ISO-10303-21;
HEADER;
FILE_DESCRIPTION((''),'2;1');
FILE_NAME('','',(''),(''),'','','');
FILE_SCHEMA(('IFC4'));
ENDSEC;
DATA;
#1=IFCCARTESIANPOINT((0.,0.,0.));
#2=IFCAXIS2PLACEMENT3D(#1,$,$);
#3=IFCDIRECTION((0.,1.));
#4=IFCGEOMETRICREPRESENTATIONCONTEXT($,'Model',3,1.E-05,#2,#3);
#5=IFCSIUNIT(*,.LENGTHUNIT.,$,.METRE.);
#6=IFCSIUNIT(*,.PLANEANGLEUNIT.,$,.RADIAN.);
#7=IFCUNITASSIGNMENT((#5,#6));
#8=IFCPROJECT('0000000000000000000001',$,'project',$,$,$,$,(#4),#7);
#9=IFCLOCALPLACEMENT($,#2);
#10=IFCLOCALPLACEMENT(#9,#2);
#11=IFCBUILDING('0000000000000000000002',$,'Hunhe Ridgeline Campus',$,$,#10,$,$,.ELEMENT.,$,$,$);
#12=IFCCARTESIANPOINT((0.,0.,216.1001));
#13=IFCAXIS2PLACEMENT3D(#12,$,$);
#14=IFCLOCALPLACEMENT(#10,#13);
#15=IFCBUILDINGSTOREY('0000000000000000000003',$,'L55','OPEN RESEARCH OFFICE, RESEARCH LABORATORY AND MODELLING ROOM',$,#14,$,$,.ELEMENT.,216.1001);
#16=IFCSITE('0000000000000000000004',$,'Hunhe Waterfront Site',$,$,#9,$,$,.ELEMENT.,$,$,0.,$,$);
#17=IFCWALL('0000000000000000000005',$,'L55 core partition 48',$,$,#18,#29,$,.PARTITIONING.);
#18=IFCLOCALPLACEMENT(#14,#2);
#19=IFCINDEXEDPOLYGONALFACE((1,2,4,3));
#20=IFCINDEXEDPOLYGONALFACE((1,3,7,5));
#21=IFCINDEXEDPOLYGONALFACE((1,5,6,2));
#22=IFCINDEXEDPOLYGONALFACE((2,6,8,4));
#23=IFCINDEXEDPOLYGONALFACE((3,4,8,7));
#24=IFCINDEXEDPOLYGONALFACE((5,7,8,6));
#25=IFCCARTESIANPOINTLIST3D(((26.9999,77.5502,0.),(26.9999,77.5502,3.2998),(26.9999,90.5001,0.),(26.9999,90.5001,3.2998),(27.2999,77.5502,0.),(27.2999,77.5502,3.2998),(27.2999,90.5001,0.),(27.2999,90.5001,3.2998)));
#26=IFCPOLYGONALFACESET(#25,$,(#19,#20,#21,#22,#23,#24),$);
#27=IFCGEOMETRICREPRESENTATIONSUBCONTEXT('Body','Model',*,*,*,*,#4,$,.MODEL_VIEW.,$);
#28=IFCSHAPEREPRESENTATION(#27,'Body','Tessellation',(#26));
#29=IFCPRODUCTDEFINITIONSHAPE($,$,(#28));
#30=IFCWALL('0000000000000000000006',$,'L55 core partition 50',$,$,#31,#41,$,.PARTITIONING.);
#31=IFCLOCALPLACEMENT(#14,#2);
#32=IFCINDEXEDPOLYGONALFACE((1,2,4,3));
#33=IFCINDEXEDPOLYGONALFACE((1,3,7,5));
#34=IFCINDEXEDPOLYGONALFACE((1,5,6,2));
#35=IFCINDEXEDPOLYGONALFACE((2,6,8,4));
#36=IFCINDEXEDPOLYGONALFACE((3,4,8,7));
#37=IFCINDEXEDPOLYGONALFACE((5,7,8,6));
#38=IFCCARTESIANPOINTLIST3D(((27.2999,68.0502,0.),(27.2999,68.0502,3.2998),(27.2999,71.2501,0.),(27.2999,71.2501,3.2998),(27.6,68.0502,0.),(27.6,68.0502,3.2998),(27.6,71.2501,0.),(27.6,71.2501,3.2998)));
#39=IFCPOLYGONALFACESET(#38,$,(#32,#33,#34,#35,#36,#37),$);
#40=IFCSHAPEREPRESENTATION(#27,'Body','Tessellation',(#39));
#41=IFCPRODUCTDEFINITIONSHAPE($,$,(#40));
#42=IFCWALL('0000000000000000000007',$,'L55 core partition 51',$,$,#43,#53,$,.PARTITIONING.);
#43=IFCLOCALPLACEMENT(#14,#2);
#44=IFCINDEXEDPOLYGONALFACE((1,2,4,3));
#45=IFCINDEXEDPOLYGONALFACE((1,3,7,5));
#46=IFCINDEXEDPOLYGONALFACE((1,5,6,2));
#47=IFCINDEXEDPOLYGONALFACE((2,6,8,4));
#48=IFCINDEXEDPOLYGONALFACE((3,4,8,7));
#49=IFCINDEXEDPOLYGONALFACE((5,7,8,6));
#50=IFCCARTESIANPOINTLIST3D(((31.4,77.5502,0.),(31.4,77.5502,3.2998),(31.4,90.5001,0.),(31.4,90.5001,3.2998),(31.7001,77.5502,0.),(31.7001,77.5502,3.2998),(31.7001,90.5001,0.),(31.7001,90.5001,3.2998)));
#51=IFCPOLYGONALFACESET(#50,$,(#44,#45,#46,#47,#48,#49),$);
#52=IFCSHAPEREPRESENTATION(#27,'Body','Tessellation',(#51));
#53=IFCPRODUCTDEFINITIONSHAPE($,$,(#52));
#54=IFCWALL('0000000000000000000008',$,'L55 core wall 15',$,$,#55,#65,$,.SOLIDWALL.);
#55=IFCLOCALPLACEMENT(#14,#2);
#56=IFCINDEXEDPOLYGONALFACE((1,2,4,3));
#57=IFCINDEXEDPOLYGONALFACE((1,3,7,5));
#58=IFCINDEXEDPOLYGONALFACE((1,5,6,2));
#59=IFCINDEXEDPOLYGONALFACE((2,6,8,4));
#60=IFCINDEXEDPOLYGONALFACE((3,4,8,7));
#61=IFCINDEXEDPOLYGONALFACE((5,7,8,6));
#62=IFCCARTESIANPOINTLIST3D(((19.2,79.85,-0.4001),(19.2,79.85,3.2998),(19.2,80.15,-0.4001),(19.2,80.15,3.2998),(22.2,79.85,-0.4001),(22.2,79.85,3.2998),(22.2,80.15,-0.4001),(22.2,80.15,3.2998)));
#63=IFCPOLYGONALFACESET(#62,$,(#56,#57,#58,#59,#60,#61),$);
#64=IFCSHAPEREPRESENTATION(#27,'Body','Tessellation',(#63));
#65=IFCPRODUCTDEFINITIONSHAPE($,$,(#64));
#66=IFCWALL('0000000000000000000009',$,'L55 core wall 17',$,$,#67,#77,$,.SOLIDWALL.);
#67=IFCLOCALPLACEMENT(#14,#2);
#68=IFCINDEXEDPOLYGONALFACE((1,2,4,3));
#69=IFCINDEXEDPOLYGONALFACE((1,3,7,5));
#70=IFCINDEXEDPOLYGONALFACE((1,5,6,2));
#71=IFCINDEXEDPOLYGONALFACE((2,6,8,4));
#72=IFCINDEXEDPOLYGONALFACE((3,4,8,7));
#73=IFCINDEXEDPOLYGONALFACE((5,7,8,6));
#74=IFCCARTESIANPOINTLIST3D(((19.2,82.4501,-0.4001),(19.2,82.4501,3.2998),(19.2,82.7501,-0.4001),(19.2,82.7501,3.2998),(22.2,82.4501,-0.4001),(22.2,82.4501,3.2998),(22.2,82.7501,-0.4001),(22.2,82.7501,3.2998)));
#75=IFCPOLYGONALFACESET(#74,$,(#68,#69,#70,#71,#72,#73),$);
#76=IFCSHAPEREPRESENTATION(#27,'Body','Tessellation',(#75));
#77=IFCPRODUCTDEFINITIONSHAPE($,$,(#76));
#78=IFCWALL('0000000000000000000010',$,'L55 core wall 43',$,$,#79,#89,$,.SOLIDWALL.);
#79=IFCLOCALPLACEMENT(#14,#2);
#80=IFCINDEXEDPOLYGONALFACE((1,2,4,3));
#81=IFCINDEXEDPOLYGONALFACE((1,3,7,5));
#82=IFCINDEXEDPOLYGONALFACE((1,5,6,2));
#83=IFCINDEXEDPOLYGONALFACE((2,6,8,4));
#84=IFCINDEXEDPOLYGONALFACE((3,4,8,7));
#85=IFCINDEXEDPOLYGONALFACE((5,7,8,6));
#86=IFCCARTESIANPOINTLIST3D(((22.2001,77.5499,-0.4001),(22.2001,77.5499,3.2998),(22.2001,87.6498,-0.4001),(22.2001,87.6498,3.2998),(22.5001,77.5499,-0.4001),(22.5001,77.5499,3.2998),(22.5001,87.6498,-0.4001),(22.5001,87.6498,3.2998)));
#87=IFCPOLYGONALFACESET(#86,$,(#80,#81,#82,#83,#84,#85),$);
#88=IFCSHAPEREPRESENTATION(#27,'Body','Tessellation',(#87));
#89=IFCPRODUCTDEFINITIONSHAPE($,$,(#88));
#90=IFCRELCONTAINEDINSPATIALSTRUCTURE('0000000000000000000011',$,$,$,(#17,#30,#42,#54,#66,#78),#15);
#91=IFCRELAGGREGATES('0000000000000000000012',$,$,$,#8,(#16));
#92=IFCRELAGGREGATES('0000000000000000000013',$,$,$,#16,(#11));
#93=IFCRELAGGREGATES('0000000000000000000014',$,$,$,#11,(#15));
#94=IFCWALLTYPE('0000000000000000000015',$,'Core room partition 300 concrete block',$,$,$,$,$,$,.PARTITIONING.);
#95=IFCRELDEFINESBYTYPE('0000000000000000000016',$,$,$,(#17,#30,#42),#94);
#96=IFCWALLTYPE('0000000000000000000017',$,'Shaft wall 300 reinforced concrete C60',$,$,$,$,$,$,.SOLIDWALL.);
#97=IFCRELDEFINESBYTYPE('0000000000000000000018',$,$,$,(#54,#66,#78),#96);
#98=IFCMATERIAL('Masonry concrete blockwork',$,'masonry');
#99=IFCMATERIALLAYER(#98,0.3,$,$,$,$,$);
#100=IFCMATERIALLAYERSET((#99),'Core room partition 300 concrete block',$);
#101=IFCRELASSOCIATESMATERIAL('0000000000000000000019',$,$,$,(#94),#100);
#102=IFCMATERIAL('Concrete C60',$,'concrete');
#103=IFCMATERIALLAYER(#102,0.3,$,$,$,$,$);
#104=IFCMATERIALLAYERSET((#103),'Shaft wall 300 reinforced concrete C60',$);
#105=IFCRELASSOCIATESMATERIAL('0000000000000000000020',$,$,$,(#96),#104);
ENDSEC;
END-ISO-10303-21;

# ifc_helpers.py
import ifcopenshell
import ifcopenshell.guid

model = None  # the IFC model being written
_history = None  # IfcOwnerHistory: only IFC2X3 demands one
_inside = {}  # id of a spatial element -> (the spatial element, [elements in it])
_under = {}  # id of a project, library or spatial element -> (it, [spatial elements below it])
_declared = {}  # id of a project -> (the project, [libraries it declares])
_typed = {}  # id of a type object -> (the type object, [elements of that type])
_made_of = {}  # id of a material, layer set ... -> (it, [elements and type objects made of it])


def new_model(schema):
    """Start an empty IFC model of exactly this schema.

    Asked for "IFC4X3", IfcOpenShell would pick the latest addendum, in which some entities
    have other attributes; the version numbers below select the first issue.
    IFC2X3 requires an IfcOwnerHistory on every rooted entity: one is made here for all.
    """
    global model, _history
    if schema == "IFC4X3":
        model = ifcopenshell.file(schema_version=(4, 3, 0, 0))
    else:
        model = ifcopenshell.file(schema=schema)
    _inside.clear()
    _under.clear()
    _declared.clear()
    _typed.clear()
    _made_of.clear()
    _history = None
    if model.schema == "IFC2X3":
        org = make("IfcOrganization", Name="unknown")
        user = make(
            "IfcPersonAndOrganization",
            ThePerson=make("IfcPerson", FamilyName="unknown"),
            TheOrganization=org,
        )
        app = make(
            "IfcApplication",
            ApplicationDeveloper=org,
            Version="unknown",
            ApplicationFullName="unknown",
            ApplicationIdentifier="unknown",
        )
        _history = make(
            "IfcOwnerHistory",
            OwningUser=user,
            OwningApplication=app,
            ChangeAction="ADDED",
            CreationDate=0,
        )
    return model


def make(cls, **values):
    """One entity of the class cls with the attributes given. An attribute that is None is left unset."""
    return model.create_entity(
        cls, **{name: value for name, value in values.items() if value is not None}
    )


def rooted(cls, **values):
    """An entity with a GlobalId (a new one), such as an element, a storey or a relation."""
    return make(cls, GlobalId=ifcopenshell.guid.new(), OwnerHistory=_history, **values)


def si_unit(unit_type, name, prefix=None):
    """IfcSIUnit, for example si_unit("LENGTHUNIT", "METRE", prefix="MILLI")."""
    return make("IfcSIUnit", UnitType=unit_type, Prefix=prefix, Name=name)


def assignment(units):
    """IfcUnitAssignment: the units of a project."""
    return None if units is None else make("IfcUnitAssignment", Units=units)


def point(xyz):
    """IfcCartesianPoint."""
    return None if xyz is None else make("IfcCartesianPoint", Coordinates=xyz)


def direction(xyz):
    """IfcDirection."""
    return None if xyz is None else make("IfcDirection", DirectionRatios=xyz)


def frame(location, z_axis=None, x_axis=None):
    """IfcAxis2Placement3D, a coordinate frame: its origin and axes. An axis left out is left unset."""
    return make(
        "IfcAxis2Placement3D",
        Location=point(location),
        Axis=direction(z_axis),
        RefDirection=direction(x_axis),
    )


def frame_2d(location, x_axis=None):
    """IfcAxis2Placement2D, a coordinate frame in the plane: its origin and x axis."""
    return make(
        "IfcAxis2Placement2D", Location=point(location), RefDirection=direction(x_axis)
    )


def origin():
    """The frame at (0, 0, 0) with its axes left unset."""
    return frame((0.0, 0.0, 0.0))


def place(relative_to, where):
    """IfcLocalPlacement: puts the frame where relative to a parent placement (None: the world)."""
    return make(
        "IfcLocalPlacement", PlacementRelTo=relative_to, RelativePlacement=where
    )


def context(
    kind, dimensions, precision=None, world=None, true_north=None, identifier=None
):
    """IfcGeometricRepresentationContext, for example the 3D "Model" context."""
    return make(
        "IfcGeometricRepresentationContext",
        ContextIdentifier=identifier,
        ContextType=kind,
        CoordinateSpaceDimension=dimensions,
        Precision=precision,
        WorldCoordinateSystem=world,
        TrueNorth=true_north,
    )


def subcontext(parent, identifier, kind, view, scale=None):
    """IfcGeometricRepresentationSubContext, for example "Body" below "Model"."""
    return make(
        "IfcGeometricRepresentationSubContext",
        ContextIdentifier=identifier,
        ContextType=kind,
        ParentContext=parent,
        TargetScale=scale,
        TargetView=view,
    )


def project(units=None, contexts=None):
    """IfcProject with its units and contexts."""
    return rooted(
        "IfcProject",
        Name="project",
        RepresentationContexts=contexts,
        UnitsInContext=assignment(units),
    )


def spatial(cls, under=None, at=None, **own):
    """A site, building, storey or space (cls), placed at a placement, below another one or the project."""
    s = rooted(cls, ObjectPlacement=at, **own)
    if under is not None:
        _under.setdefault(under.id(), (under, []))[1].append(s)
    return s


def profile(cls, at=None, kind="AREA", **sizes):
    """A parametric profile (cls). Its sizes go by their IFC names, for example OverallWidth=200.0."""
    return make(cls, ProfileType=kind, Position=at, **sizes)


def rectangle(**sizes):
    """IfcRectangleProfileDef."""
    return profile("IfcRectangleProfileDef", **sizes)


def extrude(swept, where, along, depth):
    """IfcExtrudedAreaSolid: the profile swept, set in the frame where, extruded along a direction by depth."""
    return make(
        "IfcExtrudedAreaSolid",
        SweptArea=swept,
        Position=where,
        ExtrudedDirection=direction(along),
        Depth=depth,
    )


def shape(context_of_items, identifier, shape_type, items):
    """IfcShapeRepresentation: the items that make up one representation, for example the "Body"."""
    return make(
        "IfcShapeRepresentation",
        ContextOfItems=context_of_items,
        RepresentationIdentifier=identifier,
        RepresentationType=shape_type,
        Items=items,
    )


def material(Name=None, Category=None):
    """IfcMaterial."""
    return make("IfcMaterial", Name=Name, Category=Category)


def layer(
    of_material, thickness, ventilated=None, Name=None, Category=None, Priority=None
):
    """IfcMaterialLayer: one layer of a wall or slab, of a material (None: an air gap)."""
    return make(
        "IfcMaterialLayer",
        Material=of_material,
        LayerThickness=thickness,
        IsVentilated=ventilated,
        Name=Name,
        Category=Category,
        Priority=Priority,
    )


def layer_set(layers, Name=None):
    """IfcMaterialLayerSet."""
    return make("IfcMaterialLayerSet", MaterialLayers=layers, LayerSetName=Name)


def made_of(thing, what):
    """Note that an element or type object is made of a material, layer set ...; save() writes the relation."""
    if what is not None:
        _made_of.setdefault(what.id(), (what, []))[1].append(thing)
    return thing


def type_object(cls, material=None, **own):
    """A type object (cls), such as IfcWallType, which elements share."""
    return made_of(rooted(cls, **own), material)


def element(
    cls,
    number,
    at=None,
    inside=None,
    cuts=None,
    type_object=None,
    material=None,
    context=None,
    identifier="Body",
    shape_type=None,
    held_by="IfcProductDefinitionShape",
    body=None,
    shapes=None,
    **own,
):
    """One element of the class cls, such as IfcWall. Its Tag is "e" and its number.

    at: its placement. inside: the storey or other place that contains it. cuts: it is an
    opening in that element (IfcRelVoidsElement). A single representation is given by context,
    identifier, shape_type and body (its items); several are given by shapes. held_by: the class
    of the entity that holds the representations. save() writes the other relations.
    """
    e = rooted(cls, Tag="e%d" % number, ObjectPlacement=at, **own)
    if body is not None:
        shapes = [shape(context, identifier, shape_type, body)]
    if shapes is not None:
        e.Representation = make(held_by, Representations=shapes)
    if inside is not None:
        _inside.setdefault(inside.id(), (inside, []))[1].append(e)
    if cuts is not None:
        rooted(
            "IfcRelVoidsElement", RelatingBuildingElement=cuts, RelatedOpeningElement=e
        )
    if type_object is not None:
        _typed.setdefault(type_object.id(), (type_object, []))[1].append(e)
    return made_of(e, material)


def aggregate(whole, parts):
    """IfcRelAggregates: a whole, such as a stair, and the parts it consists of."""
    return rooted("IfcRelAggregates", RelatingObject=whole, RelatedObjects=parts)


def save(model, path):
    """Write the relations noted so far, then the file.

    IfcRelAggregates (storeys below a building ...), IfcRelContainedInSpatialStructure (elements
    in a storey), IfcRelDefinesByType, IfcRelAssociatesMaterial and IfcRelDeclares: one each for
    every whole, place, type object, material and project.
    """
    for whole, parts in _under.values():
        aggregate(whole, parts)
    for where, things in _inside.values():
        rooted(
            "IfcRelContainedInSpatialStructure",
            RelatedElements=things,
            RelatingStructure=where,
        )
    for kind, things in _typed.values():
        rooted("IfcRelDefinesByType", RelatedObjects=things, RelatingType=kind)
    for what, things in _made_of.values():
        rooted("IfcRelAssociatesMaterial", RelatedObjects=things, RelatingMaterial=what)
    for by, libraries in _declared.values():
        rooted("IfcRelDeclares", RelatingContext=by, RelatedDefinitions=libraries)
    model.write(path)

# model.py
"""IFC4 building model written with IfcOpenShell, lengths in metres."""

from ifc_helpers import new_model, si_unit, direction, frame, frame_2d, origin, place, context, subcontext, project, spatial, rectangle, extrude, material, layer, layer_set, type_object, element, save


model = new_model("IFC4")

# Units and contexts
model_context = context("Model", 3, precision=1e-05, world=origin(), true_north=direction((0.0, 1.0)))
body_context = subcontext(model_context, "Body", "Model", "MODEL_VIEW")
ifc_project = project(units=[si_unit("LENGTHUNIT", "METRE"), si_unit("PLANEANGLEUNIT", "RADIAN")], contexts=[model_context])

# Site, building, storey
site_placement = place(None, origin())
site = spatial("IfcSite", under=ifc_project, at=site_placement, Name="Hunhe Waterfront Site", CompositionType="ELEMENT", RefElevation=0.0)
building_placement = place(site_placement, origin())
building = spatial("IfcBuilding", under=site, at=building_placement, Name="Hunhe Ridgeline Campus", CompositionType="ELEMENT")
storey_placement = place(building_placement, frame((0.0, 0.0, 216.1001)))
storey = spatial("IfcBuildingStorey", under=building, at=storey_placement, Name="L55", Description="OPEN RESEARCH OFFICE, RESEARCH LABORATORY AND MODELLING ROOM", CompositionType="ELEMENT", Elevation=216.1001)

# Shared definitions
ifc_material_1 = material(Name="Masonry concrete blockwork", Category="masonry")
ifc_layer_1 = layer(ifc_material_1, 0.3)
ifc_layer_set_1 = layer_set([ifc_layer_1], Name="Core room partition 300 concrete block")
wall_type_1 = type_object("IfcWallType", Name="Core room partition 300 concrete block", PredefinedType="PARTITIONING", material=ifc_layer_set_1)

# Walls
wall_1_placement = place(storey_placement, frame((27.1499, 77.55, 0.0), z_axis=(0.0, 0.0, 1.0), x_axis=(0.0, 1.0, 0.0)))
element("IfcWall", 1, at=wall_1_placement, inside=storey, type_object=wall_type_1, Name="L55 core partition 48", PredefinedType="PARTITIONING", context=body_context, shape_type="SweptSolid", body=[
    extrude(rectangle(XDim=12.95, YDim=0.3, at=frame_2d((6.4751, 0.0))), origin(), (0.0, 0.0, 1.0), 3.2998),
])
wall_2_placement = place(storey_placement, frame((27.45, 68.05, 0.0), z_axis=(0.0, 0.0, 1.0), x_axis=(0.0, 1.0, 0.0)))
element("IfcWall", 2, at=wall_2_placement, inside=storey, type_object=wall_type_1, Name="L55 core partition 50", PredefinedType="PARTITIONING", context=body_context, shape_type="SweptSolid", body=[
    extrude(rectangle(XDim=3.2, YDim=0.3, at=frame_2d((1.6001, 0.0))), origin(), (0.0, 0.0, 1.0), 3.2998),
])
wall_3_placement = place(storey_placement, frame((31.55, 77.55, 0.0), z_axis=(0.0, 0.0, 1.0), x_axis=(0.0, 1.0, 0.0)))
element("IfcWall", 3, at=wall_3_placement, inside=storey, type_object=wall_type_1, Name="L55 core partition 51", PredefinedType="PARTITIONING", context=body_context, shape_type="SweptSolid", body=[
    extrude(rectangle(XDim=12.95, YDim=0.3, at=frame_2d((6.4751, 0.0))), origin(), (0.0, 0.0, 1.0), 3.2998),
])
ifc_material_2 = material(Name="Concrete C60", Category="concrete")
ifc_layer_2 = layer(ifc_material_2, 0.3)
ifc_layer_set_2 = layer_set([ifc_layer_2], Name="Shaft wall 300 reinforced concrete C60")
wall_type_2 = type_object("IfcWallType", Name="Shaft wall 300 reinforced concrete C60", PredefinedType="SOLIDWALL", material=ifc_layer_set_2)
for number, where, z_axis, x_axis, name in (
    (4, (19.2, 80.0, -0.4001), (0.0, 0.0, 1.0), (1.0, 0.0, 0.0), "L55 core wall 15"),
    (5, (19.2, 82.6001, -0.4001), (0.0, 0.0, 1.0), (1.0, 0.0, 0.0), "L55 core wall 17"),
):
    element("IfcWall", number, at=place(storey_placement, frame(where, z_axis=z_axis, x_axis=x_axis)), inside=storey, type_object=wall_type_2, Name=name, PredefinedType="SOLIDWALL", context=body_context, shape_type="SweptSolid", body=[
        extrude(rectangle(XDim=3.0, YDim=0.3, at=frame_2d((1.5, 0.0))), origin(), (0.0, 0.0, 1.0), 3.7),
    ])

# Wall
wall_4_placement = place(storey_placement, frame((22.3501, 77.55, -0.4001), z_axis=(0.0, 0.0, 1.0), x_axis=(0.0, 1.0, 0.0)))
element("IfcWall", 6, at=wall_4_placement, inside=storey, type_object=wall_type_2, Name="L55 core wall 43", PredefinedType="SOLIDWALL", context=body_context, shape_type="SweptSolid", body=[
    extrude(rectangle(XDim=10.0999, YDim=0.3, at=frame_2d((5.0498, 0.0))), origin(), (0.0, 0.0, 1.0), 3.7),
])

save(model, "model.ifc")
